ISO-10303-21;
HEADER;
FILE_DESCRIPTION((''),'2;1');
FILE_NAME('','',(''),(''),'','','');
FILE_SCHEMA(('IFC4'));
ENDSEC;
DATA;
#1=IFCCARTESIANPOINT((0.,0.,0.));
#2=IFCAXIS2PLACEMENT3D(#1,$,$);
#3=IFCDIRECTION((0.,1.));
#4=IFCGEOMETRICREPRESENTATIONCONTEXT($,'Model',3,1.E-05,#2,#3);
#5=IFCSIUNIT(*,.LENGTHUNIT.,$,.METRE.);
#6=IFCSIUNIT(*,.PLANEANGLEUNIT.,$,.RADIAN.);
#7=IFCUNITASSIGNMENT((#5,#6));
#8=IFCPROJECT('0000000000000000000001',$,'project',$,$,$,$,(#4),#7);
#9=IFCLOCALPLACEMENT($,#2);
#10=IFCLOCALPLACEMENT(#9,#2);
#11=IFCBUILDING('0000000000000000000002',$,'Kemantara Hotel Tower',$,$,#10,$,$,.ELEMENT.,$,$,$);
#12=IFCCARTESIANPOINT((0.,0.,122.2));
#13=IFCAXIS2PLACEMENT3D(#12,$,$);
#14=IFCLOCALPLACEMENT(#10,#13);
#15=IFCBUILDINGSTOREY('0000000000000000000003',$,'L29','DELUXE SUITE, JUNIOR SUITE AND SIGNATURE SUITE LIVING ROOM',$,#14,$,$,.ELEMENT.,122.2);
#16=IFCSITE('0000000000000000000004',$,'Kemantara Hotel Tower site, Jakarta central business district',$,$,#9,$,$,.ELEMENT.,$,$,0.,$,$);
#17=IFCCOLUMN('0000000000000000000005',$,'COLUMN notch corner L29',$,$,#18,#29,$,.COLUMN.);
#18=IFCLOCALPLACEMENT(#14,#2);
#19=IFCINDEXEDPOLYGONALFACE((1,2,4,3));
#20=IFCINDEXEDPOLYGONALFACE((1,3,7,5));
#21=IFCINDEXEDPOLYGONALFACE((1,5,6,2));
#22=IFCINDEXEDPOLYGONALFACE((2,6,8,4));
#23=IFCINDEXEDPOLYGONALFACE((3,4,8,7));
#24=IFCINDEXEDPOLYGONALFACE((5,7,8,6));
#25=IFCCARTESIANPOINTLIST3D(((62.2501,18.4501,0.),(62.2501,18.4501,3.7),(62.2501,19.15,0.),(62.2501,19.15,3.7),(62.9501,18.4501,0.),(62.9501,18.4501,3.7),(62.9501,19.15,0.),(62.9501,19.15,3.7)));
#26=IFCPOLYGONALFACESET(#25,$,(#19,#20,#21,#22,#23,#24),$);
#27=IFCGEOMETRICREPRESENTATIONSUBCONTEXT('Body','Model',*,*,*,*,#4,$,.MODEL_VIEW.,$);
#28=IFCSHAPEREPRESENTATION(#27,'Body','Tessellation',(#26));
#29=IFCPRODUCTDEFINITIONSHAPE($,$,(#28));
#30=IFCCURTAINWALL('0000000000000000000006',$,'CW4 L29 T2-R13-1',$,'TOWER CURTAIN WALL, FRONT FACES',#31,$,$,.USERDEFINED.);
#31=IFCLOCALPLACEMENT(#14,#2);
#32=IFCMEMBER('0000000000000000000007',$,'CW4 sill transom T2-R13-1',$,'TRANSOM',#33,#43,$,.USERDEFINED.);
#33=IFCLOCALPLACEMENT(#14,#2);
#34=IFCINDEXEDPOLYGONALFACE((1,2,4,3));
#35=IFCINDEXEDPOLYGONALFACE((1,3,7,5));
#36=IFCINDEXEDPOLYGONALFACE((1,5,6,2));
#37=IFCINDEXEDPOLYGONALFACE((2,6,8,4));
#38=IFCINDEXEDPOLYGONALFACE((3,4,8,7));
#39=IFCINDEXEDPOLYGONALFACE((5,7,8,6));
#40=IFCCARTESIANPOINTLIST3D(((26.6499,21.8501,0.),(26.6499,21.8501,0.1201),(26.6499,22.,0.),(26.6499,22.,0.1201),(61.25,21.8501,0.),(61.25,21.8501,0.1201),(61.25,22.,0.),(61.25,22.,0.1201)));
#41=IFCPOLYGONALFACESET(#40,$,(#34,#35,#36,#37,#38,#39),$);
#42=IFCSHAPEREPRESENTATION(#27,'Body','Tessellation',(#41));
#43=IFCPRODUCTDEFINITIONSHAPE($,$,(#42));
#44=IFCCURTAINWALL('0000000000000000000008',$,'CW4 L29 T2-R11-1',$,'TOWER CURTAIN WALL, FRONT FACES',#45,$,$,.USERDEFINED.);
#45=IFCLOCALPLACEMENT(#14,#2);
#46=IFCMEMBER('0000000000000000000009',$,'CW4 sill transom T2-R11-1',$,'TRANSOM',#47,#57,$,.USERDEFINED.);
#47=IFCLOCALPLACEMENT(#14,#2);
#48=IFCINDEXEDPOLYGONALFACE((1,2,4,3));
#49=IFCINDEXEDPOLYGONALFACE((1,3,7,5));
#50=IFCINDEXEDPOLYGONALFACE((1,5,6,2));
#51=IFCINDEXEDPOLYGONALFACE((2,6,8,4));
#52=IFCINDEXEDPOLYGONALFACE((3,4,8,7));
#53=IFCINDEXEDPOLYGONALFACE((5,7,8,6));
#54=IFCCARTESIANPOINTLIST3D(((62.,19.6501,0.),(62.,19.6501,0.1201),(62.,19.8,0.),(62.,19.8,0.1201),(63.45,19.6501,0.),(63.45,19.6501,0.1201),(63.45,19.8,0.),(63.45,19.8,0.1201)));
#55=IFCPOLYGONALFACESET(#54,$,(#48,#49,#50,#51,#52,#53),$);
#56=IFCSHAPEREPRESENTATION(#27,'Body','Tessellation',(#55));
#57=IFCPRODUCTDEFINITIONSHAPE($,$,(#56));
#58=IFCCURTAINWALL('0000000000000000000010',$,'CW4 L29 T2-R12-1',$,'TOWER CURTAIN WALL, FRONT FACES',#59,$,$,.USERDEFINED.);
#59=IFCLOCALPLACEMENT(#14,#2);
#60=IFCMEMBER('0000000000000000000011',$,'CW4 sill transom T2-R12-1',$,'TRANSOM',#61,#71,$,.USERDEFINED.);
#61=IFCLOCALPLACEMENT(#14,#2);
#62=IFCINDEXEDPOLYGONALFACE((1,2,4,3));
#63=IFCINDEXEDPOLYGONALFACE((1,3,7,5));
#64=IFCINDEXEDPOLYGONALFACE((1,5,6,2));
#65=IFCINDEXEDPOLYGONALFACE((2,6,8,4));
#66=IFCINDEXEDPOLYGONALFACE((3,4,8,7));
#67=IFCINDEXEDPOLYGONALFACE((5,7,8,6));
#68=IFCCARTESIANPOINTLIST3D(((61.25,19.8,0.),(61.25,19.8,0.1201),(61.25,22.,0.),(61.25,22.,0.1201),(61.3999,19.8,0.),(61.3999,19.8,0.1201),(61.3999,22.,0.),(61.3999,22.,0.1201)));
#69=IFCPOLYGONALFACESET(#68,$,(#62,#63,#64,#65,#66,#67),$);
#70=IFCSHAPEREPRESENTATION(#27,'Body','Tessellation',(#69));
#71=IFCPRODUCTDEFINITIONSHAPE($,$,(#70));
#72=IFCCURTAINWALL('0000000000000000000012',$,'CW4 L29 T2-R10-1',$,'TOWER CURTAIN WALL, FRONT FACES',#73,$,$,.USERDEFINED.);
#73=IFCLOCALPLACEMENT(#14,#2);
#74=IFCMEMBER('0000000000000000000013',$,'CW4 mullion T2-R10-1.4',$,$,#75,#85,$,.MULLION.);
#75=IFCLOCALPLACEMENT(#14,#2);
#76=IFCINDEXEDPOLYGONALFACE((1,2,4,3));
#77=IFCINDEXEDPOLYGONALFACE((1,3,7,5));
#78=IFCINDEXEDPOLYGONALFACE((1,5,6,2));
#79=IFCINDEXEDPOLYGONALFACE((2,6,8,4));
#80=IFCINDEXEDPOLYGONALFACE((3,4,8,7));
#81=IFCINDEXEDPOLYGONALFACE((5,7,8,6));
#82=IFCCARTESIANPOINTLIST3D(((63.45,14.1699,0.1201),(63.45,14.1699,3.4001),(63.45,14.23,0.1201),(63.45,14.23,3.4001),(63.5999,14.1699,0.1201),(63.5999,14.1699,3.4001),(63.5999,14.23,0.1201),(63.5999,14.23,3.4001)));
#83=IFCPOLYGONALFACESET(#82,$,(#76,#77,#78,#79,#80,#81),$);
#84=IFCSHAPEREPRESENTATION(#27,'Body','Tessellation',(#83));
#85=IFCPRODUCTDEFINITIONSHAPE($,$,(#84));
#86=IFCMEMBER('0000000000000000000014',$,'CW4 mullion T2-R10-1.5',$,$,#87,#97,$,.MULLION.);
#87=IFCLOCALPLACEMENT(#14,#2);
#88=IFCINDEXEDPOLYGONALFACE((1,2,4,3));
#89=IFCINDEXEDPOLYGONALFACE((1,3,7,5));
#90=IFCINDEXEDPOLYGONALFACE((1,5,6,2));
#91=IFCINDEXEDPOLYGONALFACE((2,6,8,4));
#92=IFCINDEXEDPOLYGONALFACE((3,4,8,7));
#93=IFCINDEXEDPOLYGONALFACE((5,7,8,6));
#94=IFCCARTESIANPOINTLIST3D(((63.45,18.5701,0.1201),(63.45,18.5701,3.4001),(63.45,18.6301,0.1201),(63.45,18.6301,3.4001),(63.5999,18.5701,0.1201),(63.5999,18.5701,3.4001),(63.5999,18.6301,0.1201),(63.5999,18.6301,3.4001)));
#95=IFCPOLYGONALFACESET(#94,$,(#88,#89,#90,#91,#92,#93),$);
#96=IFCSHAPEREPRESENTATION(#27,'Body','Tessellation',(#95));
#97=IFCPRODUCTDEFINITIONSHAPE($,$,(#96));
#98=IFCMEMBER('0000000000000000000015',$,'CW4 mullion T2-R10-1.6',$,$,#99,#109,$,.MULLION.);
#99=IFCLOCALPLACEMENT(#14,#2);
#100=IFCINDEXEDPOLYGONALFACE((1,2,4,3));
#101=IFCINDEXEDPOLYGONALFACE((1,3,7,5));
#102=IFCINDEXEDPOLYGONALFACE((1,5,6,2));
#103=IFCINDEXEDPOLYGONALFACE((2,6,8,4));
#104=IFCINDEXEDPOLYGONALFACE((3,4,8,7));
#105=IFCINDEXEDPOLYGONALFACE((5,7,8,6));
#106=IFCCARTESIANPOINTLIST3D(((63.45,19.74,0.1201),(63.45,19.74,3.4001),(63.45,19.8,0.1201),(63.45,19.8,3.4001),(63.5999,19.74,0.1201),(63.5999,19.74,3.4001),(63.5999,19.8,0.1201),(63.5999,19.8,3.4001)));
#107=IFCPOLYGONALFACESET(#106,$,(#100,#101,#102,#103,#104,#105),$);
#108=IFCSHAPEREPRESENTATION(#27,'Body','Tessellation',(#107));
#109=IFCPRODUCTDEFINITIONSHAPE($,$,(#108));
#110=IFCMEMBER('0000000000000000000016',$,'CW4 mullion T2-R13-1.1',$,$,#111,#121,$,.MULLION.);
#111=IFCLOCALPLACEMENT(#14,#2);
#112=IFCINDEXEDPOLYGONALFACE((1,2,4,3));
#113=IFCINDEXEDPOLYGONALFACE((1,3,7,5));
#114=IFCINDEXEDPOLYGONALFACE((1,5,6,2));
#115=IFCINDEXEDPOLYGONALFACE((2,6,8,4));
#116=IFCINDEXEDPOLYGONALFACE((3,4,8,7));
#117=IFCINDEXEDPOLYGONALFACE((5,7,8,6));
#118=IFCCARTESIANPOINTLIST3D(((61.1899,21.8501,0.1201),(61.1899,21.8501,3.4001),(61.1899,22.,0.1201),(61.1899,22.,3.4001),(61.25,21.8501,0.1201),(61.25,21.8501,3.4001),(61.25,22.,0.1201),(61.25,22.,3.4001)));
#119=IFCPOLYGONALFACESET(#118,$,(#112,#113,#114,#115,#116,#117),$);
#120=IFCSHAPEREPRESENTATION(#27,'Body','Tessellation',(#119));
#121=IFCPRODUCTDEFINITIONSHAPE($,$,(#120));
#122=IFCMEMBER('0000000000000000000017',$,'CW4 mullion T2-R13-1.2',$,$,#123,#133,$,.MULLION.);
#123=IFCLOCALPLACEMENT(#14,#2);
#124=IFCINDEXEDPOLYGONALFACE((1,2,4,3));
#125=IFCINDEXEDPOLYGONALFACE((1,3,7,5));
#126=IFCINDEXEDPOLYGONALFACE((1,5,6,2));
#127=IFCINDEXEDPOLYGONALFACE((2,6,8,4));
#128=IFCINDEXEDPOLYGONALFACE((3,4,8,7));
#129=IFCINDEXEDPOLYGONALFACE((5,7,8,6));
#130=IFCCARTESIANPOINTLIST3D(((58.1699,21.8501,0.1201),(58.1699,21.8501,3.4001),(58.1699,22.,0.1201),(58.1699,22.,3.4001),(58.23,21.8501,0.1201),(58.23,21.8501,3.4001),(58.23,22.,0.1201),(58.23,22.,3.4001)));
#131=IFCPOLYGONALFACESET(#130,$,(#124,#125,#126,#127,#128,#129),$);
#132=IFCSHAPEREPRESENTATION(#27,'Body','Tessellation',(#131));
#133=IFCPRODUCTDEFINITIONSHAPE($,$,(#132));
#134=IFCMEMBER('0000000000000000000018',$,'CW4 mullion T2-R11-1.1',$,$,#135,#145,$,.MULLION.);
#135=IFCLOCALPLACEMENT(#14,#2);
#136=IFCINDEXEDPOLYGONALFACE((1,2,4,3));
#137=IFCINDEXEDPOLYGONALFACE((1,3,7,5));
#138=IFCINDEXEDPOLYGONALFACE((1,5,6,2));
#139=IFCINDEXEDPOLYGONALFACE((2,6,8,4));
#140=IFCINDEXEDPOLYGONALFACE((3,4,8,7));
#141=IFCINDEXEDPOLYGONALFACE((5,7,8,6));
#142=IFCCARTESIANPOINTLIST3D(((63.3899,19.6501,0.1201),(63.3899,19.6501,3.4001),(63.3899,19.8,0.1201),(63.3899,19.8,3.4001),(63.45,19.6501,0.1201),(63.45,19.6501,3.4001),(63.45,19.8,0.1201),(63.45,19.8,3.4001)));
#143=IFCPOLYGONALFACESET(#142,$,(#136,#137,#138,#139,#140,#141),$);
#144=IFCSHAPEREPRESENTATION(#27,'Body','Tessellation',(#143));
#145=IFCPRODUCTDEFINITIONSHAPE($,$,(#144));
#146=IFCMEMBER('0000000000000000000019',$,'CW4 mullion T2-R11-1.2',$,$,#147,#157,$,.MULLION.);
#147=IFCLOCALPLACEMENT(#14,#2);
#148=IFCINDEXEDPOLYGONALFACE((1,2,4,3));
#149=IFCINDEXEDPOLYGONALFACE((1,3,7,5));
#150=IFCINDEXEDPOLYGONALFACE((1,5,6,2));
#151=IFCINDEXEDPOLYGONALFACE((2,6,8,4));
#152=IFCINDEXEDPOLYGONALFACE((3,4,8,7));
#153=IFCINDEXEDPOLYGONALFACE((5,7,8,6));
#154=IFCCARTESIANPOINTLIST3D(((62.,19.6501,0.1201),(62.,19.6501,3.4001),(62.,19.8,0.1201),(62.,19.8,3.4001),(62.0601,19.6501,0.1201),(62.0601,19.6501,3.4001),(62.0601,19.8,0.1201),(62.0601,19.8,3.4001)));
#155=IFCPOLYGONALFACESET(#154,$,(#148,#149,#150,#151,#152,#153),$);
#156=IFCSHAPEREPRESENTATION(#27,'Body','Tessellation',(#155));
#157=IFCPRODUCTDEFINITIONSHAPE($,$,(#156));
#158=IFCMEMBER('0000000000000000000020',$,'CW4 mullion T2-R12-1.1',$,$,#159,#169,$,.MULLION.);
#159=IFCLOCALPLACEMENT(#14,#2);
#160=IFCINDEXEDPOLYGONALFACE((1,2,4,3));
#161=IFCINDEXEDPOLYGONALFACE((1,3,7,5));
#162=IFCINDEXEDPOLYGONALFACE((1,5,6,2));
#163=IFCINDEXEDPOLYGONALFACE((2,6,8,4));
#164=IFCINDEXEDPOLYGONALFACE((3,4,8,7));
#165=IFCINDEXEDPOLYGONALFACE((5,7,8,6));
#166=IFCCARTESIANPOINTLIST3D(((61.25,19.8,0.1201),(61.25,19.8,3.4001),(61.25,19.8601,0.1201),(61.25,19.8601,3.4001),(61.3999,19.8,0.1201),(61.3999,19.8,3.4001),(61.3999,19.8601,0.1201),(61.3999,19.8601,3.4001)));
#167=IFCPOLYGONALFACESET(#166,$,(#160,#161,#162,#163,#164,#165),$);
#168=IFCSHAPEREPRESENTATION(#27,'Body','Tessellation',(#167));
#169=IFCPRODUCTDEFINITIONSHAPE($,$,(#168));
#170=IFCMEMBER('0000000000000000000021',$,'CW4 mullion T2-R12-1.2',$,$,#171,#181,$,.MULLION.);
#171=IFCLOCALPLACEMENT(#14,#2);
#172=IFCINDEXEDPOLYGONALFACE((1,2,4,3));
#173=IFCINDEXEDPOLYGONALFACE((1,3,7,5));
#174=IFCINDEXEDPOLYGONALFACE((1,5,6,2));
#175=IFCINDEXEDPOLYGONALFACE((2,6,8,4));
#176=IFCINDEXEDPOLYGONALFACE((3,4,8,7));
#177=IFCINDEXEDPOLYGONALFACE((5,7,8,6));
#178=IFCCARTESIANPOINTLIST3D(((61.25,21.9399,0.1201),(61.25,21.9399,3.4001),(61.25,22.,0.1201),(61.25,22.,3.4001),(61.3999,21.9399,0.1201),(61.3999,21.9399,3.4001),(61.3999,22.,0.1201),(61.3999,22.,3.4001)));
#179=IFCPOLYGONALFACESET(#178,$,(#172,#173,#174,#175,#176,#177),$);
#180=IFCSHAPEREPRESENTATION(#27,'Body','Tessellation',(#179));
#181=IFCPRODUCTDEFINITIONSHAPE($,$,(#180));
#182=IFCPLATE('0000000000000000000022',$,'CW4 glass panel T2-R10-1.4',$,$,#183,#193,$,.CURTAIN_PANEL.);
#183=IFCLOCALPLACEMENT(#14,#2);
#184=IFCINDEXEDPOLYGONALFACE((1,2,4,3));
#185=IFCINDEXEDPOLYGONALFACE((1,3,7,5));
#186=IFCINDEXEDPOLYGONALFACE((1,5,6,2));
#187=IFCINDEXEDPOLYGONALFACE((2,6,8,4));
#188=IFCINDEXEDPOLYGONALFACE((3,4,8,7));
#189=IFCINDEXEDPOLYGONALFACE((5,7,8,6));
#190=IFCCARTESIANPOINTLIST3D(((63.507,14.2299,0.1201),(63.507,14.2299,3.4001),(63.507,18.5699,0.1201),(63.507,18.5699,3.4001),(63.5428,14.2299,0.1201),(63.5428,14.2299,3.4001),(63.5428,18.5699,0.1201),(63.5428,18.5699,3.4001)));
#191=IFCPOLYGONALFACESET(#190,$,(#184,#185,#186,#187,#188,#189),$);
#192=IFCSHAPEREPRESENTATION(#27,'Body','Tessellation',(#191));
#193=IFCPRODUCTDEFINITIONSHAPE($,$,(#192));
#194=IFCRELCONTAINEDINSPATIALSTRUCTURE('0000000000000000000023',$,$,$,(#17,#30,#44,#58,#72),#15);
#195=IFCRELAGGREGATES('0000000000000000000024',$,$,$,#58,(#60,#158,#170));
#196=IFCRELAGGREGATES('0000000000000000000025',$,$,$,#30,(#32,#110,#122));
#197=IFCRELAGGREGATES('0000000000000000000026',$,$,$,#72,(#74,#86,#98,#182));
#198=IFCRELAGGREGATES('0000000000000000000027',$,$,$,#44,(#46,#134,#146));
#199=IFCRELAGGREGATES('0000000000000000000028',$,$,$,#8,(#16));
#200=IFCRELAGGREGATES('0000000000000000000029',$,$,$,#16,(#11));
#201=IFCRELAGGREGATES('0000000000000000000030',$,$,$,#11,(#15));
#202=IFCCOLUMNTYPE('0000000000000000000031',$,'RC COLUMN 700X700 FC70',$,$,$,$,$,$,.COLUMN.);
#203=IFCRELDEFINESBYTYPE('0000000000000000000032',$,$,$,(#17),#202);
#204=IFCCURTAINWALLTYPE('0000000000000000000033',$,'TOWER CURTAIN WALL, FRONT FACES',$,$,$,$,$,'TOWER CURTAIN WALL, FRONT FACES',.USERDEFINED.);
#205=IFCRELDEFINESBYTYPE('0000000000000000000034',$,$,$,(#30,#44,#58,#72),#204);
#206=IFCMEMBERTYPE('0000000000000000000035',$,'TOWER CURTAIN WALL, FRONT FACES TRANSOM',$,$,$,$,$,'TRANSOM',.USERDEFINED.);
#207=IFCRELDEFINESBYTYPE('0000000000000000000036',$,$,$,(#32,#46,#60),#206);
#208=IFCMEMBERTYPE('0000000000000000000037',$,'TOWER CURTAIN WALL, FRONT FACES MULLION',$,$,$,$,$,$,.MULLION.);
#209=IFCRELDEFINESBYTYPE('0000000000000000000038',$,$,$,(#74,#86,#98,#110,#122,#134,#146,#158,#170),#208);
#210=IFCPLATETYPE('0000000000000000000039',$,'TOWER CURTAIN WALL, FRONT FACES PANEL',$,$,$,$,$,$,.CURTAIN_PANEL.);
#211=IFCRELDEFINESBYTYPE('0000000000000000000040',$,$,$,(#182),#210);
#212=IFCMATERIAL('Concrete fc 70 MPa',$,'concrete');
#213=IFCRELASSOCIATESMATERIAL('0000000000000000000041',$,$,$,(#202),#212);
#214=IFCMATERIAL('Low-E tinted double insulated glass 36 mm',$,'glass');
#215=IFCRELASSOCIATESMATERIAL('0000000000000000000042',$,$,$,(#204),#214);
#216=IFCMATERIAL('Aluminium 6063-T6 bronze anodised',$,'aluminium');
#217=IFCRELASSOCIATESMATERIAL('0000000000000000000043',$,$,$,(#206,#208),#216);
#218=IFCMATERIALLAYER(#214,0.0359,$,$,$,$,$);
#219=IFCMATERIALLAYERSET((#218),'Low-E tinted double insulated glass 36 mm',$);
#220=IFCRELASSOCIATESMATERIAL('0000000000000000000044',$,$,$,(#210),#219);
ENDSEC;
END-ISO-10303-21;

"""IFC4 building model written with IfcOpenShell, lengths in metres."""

from ifc_helpers import new_model, si_unit, direction, frame, origin, origin_2d, place, context, subcontext, project, spatial, rectangle, extrude, source, transform, mapped, material, layer, layer_set, material_profile, profile_set, type_object, element, aggregate, save


model = new_model("IFC4")

# Units and contexts
model_context = context("Model", 3, precision=1e-05, world=origin(), true_north=direction((0.0, 1.0)))
body_context = subcontext(model_context, "Body", "Model", "MODEL_VIEW")
ifc_project = project(units=[si_unit("LENGTHUNIT", "METRE"), si_unit("PLANEANGLEUNIT", "RADIAN")], contexts=[model_context])

# Site, building, storey
site_placement = place(None, origin())
site = spatial("IfcSite", under=ifc_project, at=site_placement, Name="Kemantara Hotel Tower site, Jakarta central business district", CompositionType="ELEMENT", RefElevation=0.0)
building_placement = place(site_placement, origin())
building = spatial("IfcBuilding", under=site, at=building_placement, Name="Kemantara Hotel Tower", CompositionType="ELEMENT")
storey_placement = place(building_placement, frame((0.0, 0.0, 122.2)))
storey = spatial("IfcBuildingStorey", under=building, at=storey_placement, Name="L29", Description="DELUXE SUITE, JUNIOR SUITE AND SIGNATURE SUITE LIVING ROOM", CompositionType="ELEMENT", Elevation=122.2)

# Column
ifc_material_1 = material(Name="Concrete fc 70 MPa", Category="concrete")
ifc_material_profile_1 = material_profile(ifc_material_1, rectangle(XDim=0.7, YDim=0.7, at=origin_2d()), Name="RC 700X700")
ifc_profile_set_1 = profile_set([ifc_material_profile_1], Name="Concrete fc 70 MPa")
column_type = type_object("IfcColumnType", Name="RC COLUMN 700X700 FC70", PredefinedType="COLUMN", material=ifc_profile_set_1)
column_placement = place(storey_placement, frame((62.6001, 18.8, 0.0), z_axis=(0.0, 0.0, 1.0), x_axis=(1.0, 0.0, 0.0)))
element("IfcColumn", 1, at=column_placement, inside=storey, type_object=column_type, Name="COLUMN notch corner L29", PredefinedType="COLUMN", context=body_context, shape_type="SweptSolid", body=[
    extrude(rectangle(XDim=0.7, YDim=0.7, at=origin_2d()), origin(), (0.0, 0.0, 1.0), 3.7),
])

# Curtain walls, members
ifc_material_2 = material(Name="Low-E tinted double insulated glass 36 mm", Category="glass")
curtain_wall_type = type_object("IfcCurtainWallType", Name="TOWER CURTAIN WALL, FRONT FACES", ElementType="TOWER CURTAIN WALL, FRONT FACES", PredefinedType="USERDEFINED", material=ifc_material_2)
curtain_wall_1_placement = place(storey_placement, origin())
curtain_wall_1 = element("IfcCurtainWall", 2, at=curtain_wall_1_placement, inside=storey, type_object=curtain_wall_type, Name="CW4 L29 T2-R13-1", ObjectType="TOWER CURTAIN WALL, FRONT FACES", PredefinedType="USERDEFINED")
ifc_material_3 = material(Name="Aluminium 6063-T6 bronze anodised", Category="aluminium")
ifc_material_profile_2 = material_profile(ifc_material_3, rectangle(XDim=0.1499, YDim=0.1201, at=origin_2d()), Name="TOWER CURTAIN WALL, FRONT FACES TRANSOM")
ifc_profile_set_2 = profile_set([ifc_material_profile_2], Name="Aluminium 6063-T6 bronze anodised")
member_type_1 = type_object("IfcMemberType", Name="TOWER CURTAIN WALL, FRONT FACES TRANSOM", ElementType="TRANSOM", PredefinedType="USERDEFINED", material=ifc_profile_set_2)
member_1_placement = place(storey_placement, frame((61.25, 21.925, 0.0601), z_axis=(-1.0, 0.0, 0.0), x_axis=(0.0, -1.0, 0.0)))
member_1 = element("IfcMember", 3, at=member_1_placement, type_object=member_type_1, Name="CW4 sill transom T2-R13-1", ObjectType="TRANSOM", PredefinedType="USERDEFINED", context=body_context, shape_type="SweptSolid", body=[
    extrude(rectangle(XDim=0.1499, YDim=0.1201, at=origin_2d()), origin(), (0.0, 0.0, 1.0), 34.6001),
])
curtain_wall_2_placement = place(storey_placement, origin())
curtain_wall_2 = element("IfcCurtainWall", 4, at=curtain_wall_2_placement, inside=storey, type_object=curtain_wall_type, Name="CW4 L29 T2-R11-1", ObjectType="TOWER CURTAIN WALL, FRONT FACES", PredefinedType="USERDEFINED")
member_2_placement = place(storey_placement, frame((63.45, 19.7251, 0.0601), z_axis=(-1.0, 0.0, 0.0), x_axis=(0.0, -1.0, 0.0)))
member_2 = element("IfcMember", 5, at=member_2_placement, type_object=member_type_1, Name="CW4 sill transom T2-R11-1", ObjectType="TRANSOM", PredefinedType="USERDEFINED", context=body_context, shape_type="SweptSolid", body=[
    extrude(rectangle(XDim=0.1499, YDim=0.1201, at=origin_2d()), origin(), (0.0, 0.0, 1.0), 1.45),
])
curtain_wall_3_placement = place(storey_placement, origin())
curtain_wall_3 = element("IfcCurtainWall", 6, at=curtain_wall_3_placement, inside=storey, type_object=curtain_wall_type, Name="CW4 L29 T2-R12-1", ObjectType="TOWER CURTAIN WALL, FRONT FACES", PredefinedType="USERDEFINED")
member_3_placement = place(storey_placement, frame((61.325, 19.8, 0.0601), z_axis=(0.0, 1.0, 0.0), x_axis=(-1.0, 0.0, 0.0)))
member_3 = element("IfcMember", 7, at=member_3_placement, type_object=member_type_1, Name="CW4 sill transom T2-R12-1", ObjectType="TRANSOM", PredefinedType="USERDEFINED", context=body_context, shape_type="SweptSolid", body=[
    extrude(rectangle(XDim=0.1499, YDim=0.1201, at=origin_2d()), origin(), (0.0, 0.0, 1.0), 2.2),
])

# Curtain wall, members
curtain_wall_4_placement = place(storey_placement, origin())
curtain_wall_4 = element("IfcCurtainWall", 8, at=curtain_wall_4_placement, inside=storey, type_object=curtain_wall_type, Name="CW4 L29 T2-R10-1", ObjectType="TOWER CURTAIN WALL, FRONT FACES", PredefinedType="USERDEFINED")
ifc_material_profile_3 = material_profile(ifc_material_3, rectangle(XDim=0.1499, YDim=0.0601, at=origin_2d()), Name="TOWER CURTAIN WALL, FRONT FACES MULLION")
ifc_profile_set_3 = profile_set([ifc_material_profile_3], Name="Aluminium 6063-T6 bronze anodised")
member_type_2 = type_object("IfcMemberType", Name="TOWER CURTAIN WALL, FRONT FACES MULLION", PredefinedType="MULLION", material=ifc_profile_set_3)
shared_shape_1 = source(origin(), body_context, "Body", "SweptSolid", [
    extrude(rectangle(XDim=0.1499, YDim=0.0601, at=origin_2d()), origin(), (0.0, 0.0, 1.0), 3.28),
])
member_4_placement = place(storey_placement, frame((63.5249, 14.2, 0.1201), z_axis=(0.0, 0.0, 1.0), x_axis=(-1.0, 0.0, 0.0)))
member_4 = element("IfcMember", 9, at=member_4_placement, type_object=member_type_2, Name="CW4 mullion T2-R10-1.4", PredefinedType="MULLION", context=body_context, shape_type="MappedRepresentation", body=[
    mapped(shared_shape_1, transform((0.0, 0.0, 0.0))),
])
member_5_placement = place(storey_placement, frame((63.5249, 18.6001, 0.1201), z_axis=(0.0, 0.0, 1.0), x_axis=(-1.0, 0.0, 0.0)))
member_5 = element("IfcMember", 10, at=member_5_placement, type_object=member_type_2, Name="CW4 mullion T2-R10-1.5", PredefinedType="MULLION", context=body_context, shape_type="MappedRepresentation", body=[
    mapped(shared_shape_1, transform((0.0, 0.0, 0.0))),
])
member_6_placement = place(storey_placement, frame((63.5249, 19.77, 0.1201), z_axis=(0.0, 0.0, 1.0), x_axis=(-1.0, 0.0, 0.0)))
member_6 = element("IfcMember", 11, at=member_6_placement, type_object=member_type_2, Name="CW4 mullion T2-R10-1.6", PredefinedType="MULLION", context=body_context, shape_type="MappedRepresentation", body=[
    mapped(shared_shape_1, transform((0.0, 0.0, 0.0))),
])

# Members
member_7_placement = place(storey_placement, frame((61.22, 21.925, 0.1201), z_axis=(0.0, 0.0, 1.0), x_axis=(0.0, -1.0, 0.0)))
member_7 = element("IfcMember", 12, at=member_7_placement, type_object=member_type_2, Name="CW4 mullion T2-R13-1.1", PredefinedType="MULLION", context=body_context, shape_type="MappedRepresentation", body=[
    mapped(shared_shape_1, transform((0.0, 0.0, 0.0))),
])
member_8_placement = place(storey_placement, frame((58.2, 21.925, 0.1201), z_axis=(0.0, 0.0, 1.0), x_axis=(0.0, -1.0, 0.0)))
member_8 = element("IfcMember", 13, at=member_8_placement, type_object=member_type_2, Name="CW4 mullion T2-R13-1.2", PredefinedType="MULLION", context=body_context, shape_type="MappedRepresentation", body=[
    mapped(shared_shape_1, transform((0.0, 0.0, 0.0))),
])
member_9_placement = place(storey_placement, frame((63.4199, 19.7251, 0.1201), z_axis=(0.0, 0.0, 1.0), x_axis=(0.0, -1.0, 0.0)))
member_9 = element("IfcMember", 14, at=member_9_placement, type_object=member_type_2, Name="CW4 mullion T2-R11-1.1", PredefinedType="MULLION", context=body_context, shape_type="MappedRepresentation", body=[
    mapped(shared_shape_1, transform((0.0, 0.0, 0.0))),
])
member_10_placement = place(storey_placement, frame((62.03, 19.7251, 0.1201), z_axis=(0.0, 0.0, 1.0), x_axis=(0.0, -1.0, 0.0)))
member_10 = element("IfcMember", 15, at=member_10_placement, type_object=member_type_2, Name="CW4 mullion T2-R11-1.2", PredefinedType="MULLION", context=body_context, shape_type="MappedRepresentation", body=[
    mapped(shared_shape_1, transform((0.0, 0.0, 0.0))),
])
member_11_placement = place(storey_placement, frame((61.325, 19.8301, 0.1201), z_axis=(0.0, 0.0, 1.0), x_axis=(-1.0, 0.0, 0.0)))
member_11 = element("IfcMember", 16, at=member_11_placement, type_object=member_type_2, Name="CW4 mullion T2-R12-1.1", PredefinedType="MULLION", context=body_context, shape_type="MappedRepresentation", body=[
    mapped(shared_shape_1, transform((0.0, 0.0, 0.0))),
])
member_12_placement = place(storey_placement, frame((61.325, 21.97, 0.1201), z_axis=(0.0, 0.0, 1.0), x_axis=(-1.0, 0.0, 0.0)))
member_12 = element("IfcMember", 17, at=member_12_placement, type_object=member_type_2, Name="CW4 mullion T2-R12-1.2", PredefinedType="MULLION", context=body_context, shape_type="MappedRepresentation", body=[
    mapped(shared_shape_1, transform((0.0, 0.0, 0.0))),
])

# Plate
ifc_layer_1 = layer(ifc_material_2, 0.0359)
ifc_layer_set_1 = layer_set([ifc_layer_1], Name="Low-E tinted double insulated glass 36 mm")
plate_type = type_object("IfcPlateType", Name="TOWER CURTAIN WALL, FRONT FACES PANEL", PredefinedType="CURTAIN_PANEL", material=ifc_layer_set_1)
shared_shape_2 = source(origin(), body_context, "Body", "SweptSolid", [
    extrude(rectangle(XDim=4.3401, YDim=0.0359, at=origin_2d()), origin(), (0.0, 0.0, 1.0), 3.28),
])
plate_1_placement = place(storey_placement, frame((63.5249, 16.3999, 0.1201), z_axis=(0.0, 0.0, 1.0), x_axis=(0.0, 1.0, 0.0)))
plate_1 = element("IfcPlate", 18, at=plate_1_placement, type_object=plate_type, Name="CW4 glass panel T2-R10-1.4", PredefinedType="CURTAIN_PANEL", context=body_context, shape_type="MappedRepresentation", body=[
    mapped(shared_shape_2, transform((0.0, 0.0, 0.0))),
])
aggregate(curtain_wall_3, [member_3, member_11, member_12])
aggregate(curtain_wall_1, [member_1, member_7, member_8])
aggregate(curtain_wall_4, [member_4, member_5, member_6, plate_1])
aggregate(curtain_wall_2, [member_2, member_9, member_10])

save(model, "model.ifc")
